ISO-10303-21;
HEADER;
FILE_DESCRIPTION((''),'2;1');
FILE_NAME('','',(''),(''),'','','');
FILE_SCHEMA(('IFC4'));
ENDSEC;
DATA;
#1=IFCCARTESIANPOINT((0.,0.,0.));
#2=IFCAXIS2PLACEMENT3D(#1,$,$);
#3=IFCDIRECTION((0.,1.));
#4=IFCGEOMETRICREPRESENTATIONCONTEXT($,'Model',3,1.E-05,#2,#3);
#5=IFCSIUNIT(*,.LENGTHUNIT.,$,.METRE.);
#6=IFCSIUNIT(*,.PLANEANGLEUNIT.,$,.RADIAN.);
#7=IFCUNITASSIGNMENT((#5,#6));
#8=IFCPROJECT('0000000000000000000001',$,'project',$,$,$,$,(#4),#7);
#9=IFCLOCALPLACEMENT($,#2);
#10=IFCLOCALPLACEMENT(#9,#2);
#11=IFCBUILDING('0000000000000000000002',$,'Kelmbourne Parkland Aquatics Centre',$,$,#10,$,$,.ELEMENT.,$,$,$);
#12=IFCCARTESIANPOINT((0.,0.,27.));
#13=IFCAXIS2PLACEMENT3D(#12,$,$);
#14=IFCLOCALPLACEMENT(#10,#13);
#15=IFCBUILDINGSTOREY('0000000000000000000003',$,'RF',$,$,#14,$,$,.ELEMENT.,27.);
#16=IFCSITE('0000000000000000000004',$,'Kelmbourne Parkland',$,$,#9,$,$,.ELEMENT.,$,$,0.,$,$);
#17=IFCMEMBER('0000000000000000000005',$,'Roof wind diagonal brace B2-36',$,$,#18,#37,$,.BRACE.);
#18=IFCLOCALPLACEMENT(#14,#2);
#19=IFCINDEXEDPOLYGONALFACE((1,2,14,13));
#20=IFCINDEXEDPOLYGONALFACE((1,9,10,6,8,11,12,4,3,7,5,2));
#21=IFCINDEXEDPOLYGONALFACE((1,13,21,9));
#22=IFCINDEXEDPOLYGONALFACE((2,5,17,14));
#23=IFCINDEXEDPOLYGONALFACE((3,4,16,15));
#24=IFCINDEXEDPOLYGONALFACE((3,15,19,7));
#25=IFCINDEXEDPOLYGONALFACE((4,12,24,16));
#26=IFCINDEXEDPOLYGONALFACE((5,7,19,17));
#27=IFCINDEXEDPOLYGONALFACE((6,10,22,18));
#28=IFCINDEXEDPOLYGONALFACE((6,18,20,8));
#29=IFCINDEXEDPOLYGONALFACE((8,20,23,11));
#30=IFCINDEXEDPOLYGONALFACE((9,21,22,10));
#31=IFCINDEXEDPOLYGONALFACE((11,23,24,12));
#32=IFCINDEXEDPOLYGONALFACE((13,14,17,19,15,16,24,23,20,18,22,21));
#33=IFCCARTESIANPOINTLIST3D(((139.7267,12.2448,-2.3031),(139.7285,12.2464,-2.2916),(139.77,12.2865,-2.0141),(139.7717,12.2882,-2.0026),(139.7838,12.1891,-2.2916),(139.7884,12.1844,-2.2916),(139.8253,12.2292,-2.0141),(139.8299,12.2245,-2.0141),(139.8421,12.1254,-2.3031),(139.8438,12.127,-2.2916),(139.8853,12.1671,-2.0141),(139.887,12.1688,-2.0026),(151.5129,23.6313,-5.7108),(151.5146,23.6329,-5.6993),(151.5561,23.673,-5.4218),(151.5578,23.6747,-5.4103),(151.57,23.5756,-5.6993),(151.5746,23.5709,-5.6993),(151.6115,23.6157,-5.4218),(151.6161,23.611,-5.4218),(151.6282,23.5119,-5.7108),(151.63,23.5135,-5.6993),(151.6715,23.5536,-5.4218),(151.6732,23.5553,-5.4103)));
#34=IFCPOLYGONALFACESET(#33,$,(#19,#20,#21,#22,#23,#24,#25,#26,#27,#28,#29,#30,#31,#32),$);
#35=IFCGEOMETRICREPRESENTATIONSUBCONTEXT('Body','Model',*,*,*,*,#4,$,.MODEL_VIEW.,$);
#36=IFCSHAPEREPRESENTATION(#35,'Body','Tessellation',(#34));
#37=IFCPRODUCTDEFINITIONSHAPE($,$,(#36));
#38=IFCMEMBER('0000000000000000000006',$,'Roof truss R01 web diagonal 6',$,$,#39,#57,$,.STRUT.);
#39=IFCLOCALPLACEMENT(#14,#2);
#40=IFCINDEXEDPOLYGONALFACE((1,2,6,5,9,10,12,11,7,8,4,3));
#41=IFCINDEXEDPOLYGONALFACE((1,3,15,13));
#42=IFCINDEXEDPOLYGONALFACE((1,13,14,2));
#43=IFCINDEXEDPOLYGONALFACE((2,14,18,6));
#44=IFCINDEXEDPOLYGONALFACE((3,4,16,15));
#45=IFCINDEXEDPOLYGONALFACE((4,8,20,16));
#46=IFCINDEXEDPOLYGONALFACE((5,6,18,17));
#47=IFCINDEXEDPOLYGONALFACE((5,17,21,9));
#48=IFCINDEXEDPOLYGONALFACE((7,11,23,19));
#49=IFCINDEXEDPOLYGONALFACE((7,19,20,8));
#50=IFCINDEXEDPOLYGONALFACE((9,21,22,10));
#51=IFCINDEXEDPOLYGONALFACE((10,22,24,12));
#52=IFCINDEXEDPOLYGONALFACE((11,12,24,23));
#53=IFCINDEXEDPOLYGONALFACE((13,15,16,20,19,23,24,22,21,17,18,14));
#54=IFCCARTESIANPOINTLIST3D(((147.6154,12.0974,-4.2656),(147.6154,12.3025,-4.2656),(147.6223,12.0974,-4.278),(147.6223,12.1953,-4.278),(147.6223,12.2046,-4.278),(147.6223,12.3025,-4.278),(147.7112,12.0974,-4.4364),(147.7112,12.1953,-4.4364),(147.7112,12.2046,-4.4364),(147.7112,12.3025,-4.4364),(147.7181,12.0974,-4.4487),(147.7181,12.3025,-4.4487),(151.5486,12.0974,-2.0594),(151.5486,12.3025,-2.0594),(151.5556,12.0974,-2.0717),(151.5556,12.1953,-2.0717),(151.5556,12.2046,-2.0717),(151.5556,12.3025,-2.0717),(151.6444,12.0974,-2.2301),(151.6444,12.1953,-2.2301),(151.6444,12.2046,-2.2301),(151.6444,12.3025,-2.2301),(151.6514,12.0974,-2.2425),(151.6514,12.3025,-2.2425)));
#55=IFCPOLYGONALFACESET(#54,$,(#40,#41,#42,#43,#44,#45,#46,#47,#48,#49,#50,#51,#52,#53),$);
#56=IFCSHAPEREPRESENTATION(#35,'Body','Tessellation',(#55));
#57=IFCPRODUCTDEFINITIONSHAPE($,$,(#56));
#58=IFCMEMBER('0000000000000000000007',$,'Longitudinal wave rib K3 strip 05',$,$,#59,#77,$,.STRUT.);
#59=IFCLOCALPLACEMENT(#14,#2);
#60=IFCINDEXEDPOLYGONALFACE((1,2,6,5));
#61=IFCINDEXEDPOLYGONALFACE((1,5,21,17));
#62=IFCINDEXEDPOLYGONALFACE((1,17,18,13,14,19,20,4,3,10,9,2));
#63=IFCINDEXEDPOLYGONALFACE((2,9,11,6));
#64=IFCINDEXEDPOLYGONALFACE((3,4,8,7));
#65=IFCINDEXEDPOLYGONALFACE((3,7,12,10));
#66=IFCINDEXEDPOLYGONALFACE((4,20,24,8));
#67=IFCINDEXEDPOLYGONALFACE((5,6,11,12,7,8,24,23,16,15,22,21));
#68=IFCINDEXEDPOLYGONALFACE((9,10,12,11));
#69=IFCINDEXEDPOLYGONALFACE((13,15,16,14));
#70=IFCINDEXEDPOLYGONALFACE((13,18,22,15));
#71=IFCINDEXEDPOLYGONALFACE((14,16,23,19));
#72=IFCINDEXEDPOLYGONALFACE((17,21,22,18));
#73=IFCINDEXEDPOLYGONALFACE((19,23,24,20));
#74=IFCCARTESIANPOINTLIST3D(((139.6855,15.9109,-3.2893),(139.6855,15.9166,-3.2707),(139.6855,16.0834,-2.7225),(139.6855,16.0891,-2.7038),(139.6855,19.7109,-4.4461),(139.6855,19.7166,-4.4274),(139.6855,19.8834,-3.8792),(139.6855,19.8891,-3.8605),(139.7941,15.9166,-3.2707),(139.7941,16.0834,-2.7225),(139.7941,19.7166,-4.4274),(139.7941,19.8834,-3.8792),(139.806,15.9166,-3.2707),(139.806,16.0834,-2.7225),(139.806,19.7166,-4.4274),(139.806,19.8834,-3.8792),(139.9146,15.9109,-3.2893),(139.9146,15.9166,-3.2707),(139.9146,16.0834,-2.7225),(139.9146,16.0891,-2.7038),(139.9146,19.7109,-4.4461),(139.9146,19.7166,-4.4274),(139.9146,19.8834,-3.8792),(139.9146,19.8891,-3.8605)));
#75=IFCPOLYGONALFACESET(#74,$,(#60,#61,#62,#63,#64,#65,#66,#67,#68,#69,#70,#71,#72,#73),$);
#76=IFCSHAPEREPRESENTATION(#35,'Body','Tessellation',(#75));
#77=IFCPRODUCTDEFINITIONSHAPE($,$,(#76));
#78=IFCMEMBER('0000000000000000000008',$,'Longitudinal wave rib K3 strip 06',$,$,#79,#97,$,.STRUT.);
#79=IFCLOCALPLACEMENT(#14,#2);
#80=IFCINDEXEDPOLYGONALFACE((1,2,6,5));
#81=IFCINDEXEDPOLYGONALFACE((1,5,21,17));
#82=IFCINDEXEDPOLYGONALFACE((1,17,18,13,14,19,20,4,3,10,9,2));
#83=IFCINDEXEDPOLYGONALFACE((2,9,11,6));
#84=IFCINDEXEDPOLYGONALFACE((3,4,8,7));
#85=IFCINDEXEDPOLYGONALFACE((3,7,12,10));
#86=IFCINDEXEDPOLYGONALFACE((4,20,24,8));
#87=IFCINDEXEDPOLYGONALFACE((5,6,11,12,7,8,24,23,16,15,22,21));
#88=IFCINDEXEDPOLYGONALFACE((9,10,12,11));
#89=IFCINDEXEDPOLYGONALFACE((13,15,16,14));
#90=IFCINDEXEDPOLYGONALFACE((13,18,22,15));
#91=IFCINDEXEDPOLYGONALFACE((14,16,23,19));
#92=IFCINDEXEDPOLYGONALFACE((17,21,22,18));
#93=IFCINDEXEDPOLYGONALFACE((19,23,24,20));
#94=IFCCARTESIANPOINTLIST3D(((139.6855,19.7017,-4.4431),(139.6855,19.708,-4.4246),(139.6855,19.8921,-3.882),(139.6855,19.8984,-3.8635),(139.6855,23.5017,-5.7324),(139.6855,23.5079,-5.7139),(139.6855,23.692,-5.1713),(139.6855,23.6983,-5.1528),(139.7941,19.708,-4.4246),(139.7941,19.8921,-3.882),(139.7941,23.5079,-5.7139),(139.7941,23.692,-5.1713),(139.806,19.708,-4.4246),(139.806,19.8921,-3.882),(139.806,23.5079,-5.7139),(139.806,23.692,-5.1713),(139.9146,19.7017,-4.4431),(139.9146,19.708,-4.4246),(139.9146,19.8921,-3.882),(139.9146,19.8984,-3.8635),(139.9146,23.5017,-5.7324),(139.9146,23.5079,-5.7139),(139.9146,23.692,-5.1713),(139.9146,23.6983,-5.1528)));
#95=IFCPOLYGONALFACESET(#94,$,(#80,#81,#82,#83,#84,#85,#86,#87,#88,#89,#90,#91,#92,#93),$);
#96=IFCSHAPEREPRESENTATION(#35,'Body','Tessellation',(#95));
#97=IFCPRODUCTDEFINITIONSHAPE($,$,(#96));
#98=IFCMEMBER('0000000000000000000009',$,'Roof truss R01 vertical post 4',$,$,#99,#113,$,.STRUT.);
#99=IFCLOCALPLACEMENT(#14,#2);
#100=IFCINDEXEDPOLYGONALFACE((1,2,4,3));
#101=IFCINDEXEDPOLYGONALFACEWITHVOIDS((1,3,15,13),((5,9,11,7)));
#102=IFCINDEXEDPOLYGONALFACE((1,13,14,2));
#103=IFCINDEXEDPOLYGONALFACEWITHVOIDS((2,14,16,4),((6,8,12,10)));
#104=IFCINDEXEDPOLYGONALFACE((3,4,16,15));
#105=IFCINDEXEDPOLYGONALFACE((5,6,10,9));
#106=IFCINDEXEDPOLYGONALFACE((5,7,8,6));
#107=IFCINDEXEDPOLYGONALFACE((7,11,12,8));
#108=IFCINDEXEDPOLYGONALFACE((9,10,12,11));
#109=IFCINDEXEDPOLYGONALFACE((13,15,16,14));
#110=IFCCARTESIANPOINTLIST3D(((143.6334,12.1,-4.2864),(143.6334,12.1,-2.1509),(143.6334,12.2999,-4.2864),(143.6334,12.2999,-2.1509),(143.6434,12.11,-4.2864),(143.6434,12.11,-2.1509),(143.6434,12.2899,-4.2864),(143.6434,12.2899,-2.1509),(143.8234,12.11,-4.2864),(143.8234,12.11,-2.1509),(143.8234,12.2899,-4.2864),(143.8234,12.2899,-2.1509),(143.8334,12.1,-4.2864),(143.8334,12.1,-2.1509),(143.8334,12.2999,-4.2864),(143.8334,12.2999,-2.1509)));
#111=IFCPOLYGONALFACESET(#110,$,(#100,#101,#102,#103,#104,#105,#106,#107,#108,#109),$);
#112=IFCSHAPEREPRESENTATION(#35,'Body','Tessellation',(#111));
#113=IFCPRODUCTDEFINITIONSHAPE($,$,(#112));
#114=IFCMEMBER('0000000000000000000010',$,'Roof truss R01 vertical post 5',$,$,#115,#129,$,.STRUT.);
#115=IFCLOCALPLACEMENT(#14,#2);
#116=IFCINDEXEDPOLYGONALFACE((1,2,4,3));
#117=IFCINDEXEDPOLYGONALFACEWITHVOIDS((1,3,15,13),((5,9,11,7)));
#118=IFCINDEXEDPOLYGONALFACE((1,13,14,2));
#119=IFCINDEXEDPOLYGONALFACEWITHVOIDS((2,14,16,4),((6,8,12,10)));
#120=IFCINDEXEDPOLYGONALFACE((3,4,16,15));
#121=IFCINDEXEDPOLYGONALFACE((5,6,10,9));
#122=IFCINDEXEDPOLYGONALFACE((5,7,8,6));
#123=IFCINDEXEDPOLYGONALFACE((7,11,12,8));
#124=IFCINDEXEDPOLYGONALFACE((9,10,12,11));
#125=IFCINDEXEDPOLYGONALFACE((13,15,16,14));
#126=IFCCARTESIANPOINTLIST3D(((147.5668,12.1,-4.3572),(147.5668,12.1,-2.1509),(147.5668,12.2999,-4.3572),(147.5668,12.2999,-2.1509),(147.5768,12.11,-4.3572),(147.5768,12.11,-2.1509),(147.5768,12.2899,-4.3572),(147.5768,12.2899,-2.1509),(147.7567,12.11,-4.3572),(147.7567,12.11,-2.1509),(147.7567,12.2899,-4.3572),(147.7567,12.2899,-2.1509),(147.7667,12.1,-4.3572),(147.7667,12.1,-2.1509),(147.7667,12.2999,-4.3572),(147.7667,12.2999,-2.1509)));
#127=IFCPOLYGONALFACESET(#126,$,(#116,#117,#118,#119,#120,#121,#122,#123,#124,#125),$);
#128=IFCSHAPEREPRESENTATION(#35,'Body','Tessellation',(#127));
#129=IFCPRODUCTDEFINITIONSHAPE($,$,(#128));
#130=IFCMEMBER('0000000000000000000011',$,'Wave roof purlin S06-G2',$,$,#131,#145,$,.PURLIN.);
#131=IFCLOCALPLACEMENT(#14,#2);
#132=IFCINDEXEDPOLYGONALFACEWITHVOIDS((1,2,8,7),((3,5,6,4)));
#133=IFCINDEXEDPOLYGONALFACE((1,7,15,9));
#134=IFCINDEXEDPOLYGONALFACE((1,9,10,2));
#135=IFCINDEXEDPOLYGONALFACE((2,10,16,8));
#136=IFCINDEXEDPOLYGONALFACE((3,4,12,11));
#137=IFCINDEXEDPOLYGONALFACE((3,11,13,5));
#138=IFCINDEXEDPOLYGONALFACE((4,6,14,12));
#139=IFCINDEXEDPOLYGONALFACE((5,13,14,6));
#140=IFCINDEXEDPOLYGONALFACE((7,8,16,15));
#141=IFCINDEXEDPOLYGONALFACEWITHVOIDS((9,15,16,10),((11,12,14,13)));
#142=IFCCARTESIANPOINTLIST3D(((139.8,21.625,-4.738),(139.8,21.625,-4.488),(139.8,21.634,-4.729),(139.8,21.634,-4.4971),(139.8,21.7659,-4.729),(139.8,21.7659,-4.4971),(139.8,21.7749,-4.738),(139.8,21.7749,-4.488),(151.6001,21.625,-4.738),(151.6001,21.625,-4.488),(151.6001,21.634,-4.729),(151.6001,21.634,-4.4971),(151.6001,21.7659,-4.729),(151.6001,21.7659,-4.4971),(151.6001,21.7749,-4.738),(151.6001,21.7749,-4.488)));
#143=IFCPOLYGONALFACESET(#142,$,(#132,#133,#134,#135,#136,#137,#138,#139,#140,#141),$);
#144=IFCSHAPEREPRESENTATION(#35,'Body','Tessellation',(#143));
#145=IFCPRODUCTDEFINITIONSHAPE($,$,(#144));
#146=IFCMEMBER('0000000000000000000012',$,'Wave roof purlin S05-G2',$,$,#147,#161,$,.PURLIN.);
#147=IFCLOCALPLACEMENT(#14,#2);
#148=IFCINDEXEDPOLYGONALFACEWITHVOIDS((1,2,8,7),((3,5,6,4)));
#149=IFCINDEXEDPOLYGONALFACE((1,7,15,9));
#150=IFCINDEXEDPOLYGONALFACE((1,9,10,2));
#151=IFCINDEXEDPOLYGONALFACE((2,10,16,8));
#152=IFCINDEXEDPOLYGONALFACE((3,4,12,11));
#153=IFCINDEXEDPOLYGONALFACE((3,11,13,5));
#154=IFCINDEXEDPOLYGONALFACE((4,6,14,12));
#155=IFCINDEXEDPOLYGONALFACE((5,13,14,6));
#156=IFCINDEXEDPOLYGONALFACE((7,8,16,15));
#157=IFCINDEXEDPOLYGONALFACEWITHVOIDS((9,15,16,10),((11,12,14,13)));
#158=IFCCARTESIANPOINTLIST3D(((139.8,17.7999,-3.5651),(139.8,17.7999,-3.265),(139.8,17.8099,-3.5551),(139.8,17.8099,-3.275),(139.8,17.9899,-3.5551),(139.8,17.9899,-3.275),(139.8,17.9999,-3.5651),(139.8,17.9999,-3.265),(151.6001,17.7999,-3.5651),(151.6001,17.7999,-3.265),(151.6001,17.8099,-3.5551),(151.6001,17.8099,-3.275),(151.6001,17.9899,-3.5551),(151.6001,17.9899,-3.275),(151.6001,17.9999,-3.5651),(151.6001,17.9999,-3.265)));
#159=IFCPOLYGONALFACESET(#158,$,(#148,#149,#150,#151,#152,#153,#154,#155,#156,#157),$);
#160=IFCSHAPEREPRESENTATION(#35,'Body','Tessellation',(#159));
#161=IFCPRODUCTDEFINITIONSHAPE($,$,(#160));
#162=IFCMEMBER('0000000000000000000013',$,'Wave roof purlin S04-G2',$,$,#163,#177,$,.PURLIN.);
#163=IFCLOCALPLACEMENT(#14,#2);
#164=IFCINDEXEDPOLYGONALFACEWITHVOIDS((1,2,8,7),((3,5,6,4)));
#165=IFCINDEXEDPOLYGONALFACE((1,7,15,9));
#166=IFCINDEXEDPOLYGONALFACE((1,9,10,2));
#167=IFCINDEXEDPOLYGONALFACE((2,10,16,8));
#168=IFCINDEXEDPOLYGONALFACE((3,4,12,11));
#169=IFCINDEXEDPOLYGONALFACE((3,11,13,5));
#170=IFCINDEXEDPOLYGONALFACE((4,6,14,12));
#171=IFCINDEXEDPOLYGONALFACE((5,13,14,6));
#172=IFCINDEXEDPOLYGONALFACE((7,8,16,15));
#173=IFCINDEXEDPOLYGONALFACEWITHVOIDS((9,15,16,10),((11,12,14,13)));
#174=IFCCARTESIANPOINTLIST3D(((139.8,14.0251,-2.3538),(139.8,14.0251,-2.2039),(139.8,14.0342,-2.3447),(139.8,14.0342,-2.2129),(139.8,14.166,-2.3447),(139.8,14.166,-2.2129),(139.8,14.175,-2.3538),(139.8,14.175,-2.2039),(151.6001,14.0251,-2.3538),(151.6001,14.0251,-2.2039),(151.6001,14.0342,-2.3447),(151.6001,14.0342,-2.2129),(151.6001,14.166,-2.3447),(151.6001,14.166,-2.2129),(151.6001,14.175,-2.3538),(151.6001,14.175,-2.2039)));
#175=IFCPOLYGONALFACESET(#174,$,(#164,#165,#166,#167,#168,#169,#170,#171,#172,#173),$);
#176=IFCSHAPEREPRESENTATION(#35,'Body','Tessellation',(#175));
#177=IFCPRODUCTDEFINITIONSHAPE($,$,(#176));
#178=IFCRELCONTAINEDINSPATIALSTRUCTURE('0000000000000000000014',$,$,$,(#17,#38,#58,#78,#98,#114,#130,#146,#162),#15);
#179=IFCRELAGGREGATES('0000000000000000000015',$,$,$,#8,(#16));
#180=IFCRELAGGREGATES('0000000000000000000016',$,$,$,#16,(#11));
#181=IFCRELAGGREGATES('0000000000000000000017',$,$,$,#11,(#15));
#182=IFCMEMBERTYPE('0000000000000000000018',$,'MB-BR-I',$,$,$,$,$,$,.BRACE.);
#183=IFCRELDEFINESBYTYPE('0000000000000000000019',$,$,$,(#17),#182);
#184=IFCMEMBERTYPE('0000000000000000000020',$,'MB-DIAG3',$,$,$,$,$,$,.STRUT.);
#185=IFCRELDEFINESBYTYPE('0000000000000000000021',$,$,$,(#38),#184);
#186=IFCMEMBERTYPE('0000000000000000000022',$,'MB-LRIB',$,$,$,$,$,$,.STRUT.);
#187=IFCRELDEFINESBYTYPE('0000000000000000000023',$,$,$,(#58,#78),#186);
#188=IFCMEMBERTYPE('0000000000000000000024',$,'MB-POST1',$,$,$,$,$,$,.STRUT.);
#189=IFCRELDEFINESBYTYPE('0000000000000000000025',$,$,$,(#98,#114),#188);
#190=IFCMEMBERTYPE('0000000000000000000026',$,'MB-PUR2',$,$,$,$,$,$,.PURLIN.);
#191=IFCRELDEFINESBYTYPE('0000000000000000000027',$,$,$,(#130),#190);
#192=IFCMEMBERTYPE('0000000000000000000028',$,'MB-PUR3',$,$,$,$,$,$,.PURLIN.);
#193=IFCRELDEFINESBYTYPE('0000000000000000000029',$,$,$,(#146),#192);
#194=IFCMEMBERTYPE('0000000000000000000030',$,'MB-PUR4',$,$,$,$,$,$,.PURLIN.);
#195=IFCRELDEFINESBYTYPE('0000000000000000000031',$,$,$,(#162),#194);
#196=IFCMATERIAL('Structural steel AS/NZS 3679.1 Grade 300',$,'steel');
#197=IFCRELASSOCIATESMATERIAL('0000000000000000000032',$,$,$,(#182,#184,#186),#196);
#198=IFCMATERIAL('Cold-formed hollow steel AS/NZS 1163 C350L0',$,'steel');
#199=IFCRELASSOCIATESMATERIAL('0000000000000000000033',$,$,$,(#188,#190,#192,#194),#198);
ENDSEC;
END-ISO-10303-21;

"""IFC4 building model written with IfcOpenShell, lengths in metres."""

from ifc_helpers import new_model, si_unit, direction, frame, origin, origin_2d, place, context, subcontext, project, spatial, hollow_rectangle, i_section, extrude, material, material_profile, profile_set, type_object, element, save


model = new_model("IFC4")

# Units and contexts
model_context = context("Model", 3, precision=1e-05, world=origin(), true_north=direction((0.0, 1.0)))
body_context = subcontext(model_context, "Body", "Model", "MODEL_VIEW")
ifc_project = project(units=[si_unit("LENGTHUNIT", "METRE"), si_unit("PLANEANGLEUNIT", "RADIAN")], contexts=[model_context])

# Site, building, storey
site_placement = place(None, origin())
site = spatial("IfcSite", under=ifc_project, at=site_placement, Name="Kelmbourne Parkland", CompositionType="ELEMENT", RefElevation=0.0)
building_placement = place(site_placement, origin())
building = spatial("IfcBuilding", under=site, at=building_placement, Name="Kelmbourne Parkland Aquatics Centre", CompositionType="ELEMENT")
storey_placement = place(building_placement, frame((0.0, 0.0, 27.0)))
storey = spatial("IfcBuildingStorey", under=building, at=storey_placement, Name="RF", CompositionType="ELEMENT", Elevation=27.0)

# Members
ifc_material_1 = material(Name="Structural steel AS/NZS 3679.1 Grade 300", Category="steel")
ifc_material_profile_1 = material_profile(ifc_material_1, i_section(OverallWidth=0.166, OverallDepth=0.3069, WebThickness=0.0066, FlangeThickness=0.0117, at=origin_2d()), Name="310UB46.2")
ifc_profile_set_1 = profile_set([ifc_material_profile_1], Name="Structural steel AS/NZS 3679.1 Grade 300")
member_type_1 = type_object("IfcMemberType", Name="MB-BR-I", PredefinedType="BRACE", material=ifc_profile_set_1)
member_1_placement = place(storey_placement, frame((139.8069, 12.2068, -2.1528), z_axis=(0.704133, 0.680257, -0.203585), x_axis=(-0.694808, 0.719195, 0.0)))
element("IfcMember", 1, at=member_1_placement, inside=storey, type_object=member_type_1, Name="Roof wind diagonal brace B2-36", PredefinedType="BRACE", context=body_context, shape_type="SweptSolid", body=[
    extrude(i_section(OverallWidth=0.166, OverallDepth=0.3069, WebThickness=0.0066, FlangeThickness=0.0117, at=origin_2d()), origin(), (0.0, 0.0, 1.0), 16.7385),
])
ifc_material_profile_2 = material_profile(ifc_material_1, i_section(OverallWidth=0.2051, OverallDepth=0.21, WebThickness=0.0093, FlangeThickness=0.0142, at=origin_2d()), Name="200UC59.5")
ifc_profile_set_2 = profile_set([ifc_material_profile_2], Name="Structural steel AS/NZS 3679.1 Grade 300")
member_type_2 = type_object("IfcMemberType", Name="MB-DIAG3", PredefinedType="STRUT", material=ifc_profile_set_2)
member_2_placement = place(storey_placement, frame((147.6667, 12.2, -4.3572), z_axis=(0.872163, 0.0, 0.489215), x_axis=(0.0, 1.0, 0.0)))
element("IfcMember", 2, at=member_2_placement, inside=storey, type_object=member_type_2, Name="Roof truss R01 web diagonal 6", PredefinedType="STRUT", context=body_context, shape_type="SweptSolid", body=[
    extrude(i_section(OverallWidth=0.2051, OverallDepth=0.21, WebThickness=0.0093, FlangeThickness=0.0142, at=origin_2d()), origin(), (0.0, 0.0, 1.0), 4.5098),
])
ifc_material_profile_3 = material_profile(ifc_material_1, i_section(OverallWidth=0.229, OverallDepth=0.6121, WebThickness=0.012, FlangeThickness=0.0195, at=origin_2d()), Name="610UB125")
ifc_profile_set_3 = profile_set([ifc_material_profile_3], Name="Structural steel AS/NZS 3679.1 Grade 300")
member_type_3 = type_object("IfcMemberType", Name="MB-LRIB", PredefinedType="STRUT", material=ifc_profile_set_3)
member_3_placement = place(storey_placement, frame((139.8, 16.0, -2.9966), z_axis=(0.0, 0.95666, -0.291208), x_axis=(-1.0, 0.0, 0.0)))
element("IfcMember", 3, at=member_3_placement, inside=storey, type_object=member_type_3, Name="Longitudinal wave rib K3 strip 05", PredefinedType="STRUT", context=body_context, shape_type="SweptSolid", body=[
    extrude(i_section(OverallWidth=0.229, OverallDepth=0.6121, WebThickness=0.012, FlangeThickness=0.0195, at=origin_2d()), origin(), (0.0, 0.0, 1.0), 3.9722),
])
member_4_placement = place(storey_placement, frame((139.8, 19.8, -4.1533), z_axis=(0.0, 0.946978, -0.321297), x_axis=(-1.0, 0.0, 0.0)))
element("IfcMember", 4, at=member_4_placement, inside=storey, type_object=member_type_3, Name="Longitudinal wave rib K3 strip 06", PredefinedType="STRUT", context=body_context, shape_type="SweptSolid", body=[
    extrude(i_section(OverallWidth=0.229, OverallDepth=0.6121, WebThickness=0.012, FlangeThickness=0.0195, at=origin_2d()), origin(), (0.0, 0.0, 1.0), 4.0127),
])
ifc_material_2 = material(Name="Cold-formed hollow steel AS/NZS 1163 C350L0", Category="steel")
ifc_material_profile_4 = material_profile(ifc_material_2, hollow_rectangle(XDim=0.2, YDim=0.2, WallThickness=0.01, at=origin_2d()), Name="SHS 200x200x10.0")
ifc_profile_set_4 = profile_set([ifc_material_profile_4], Name="Cold-formed hollow steel AS/NZS 1163 C350L0")
member_type_4 = type_object("IfcMemberType", Name="MB-POST1", PredefinedType="STRUT", material=ifc_profile_set_4)
member_5_placement = place(storey_placement, frame((143.7334, 12.2, -4.2864), z_axis=(0.0, 0.0, 1.0), x_axis=(1.0, 0.0, 0.0)))
element("IfcMember", 5, at=member_5_placement, inside=storey, type_object=member_type_4, Name="Roof truss R01 vertical post 4", PredefinedType="STRUT", context=body_context, shape_type="SweptSolid", body=[
    extrude(hollow_rectangle(XDim=0.2, YDim=0.2, WallThickness=0.01, at=origin_2d()), origin(), (0.0, 0.0, 1.0), 2.1355),
])
member_6_placement = place(storey_placement, frame((147.6667, 12.2, -4.3572), z_axis=(0.0, 0.0, 1.0), x_axis=(1.0, 0.0, 0.0)))
element("IfcMember", 6, at=member_6_placement, inside=storey, type_object=member_type_4, Name="Roof truss R01 vertical post 5", PredefinedType="STRUT", context=body_context, shape_type="SweptSolid", body=[
    extrude(hollow_rectangle(XDim=0.2, YDim=0.2, WallThickness=0.01, at=origin_2d()), origin(), (0.0, 0.0, 1.0), 2.2063),
])
ifc_material_profile_5 = material_profile(ifc_material_2, hollow_rectangle(XDim=0.1499, YDim=0.25, WallThickness=0.009, at=origin_2d()), Name="RHS 250x150x9.0")
ifc_profile_set_5 = profile_set([ifc_material_profile_5], Name="Cold-formed hollow steel AS/NZS 1163 C350L0")
member_type_5 = type_object("IfcMemberType", Name="MB-PUR2", PredefinedType="PURLIN", material=ifc_profile_set_5)
member_7_placement = place(storey_placement, frame((139.8, 21.7, -4.613), z_axis=(1.0, 0.0, 0.0), x_axis=(0.0, 1.0, 0.0)))
element("IfcMember", 7, at=member_7_placement, inside=storey, type_object=member_type_5, Name="Wave roof purlin S06-G2", PredefinedType="PURLIN", context=body_context, shape_type="SweptSolid", body=[
    extrude(hollow_rectangle(XDim=0.1499, YDim=0.25, WallThickness=0.009, at=origin_2d()), origin(), (0.0, 0.0, 1.0), 11.8),
])
ifc_material_profile_6 = material_profile(ifc_material_2, hollow_rectangle(XDim=0.2, YDim=0.3, WallThickness=0.01, at=origin_2d()), Name="RHS 300x200x10.0")
ifc_profile_set_6 = profile_set([ifc_material_profile_6], Name="Cold-formed hollow steel AS/NZS 1163 C350L0")
member_type_6 = type_object("IfcMemberType", Name="MB-PUR3", PredefinedType="PURLIN", material=ifc_profile_set_6)
member_8_placement = place(storey_placement, frame((139.8, 17.8999, -3.415), z_axis=(1.0, 0.0, 0.0), x_axis=(0.0, 1.0, 0.0)))
element("IfcMember", 8, at=member_8_placement, inside=storey, type_object=member_type_6, Name="Wave roof purlin S05-G2", PredefinedType="PURLIN", context=body_context, shape_type="SweptSolid", body=[
    extrude(hollow_rectangle(XDim=0.2, YDim=0.3, WallThickness=0.01, at=origin_2d()), origin(), (0.0, 0.0, 1.0), 11.8),
])
ifc_material_profile_7 = material_profile(ifc_material_2, hollow_rectangle(XDim=0.1499, YDim=0.1499, WallThickness=0.009, at=origin_2d()), Name="SHS 150x150x9.0")
ifc_profile_set_7 = profile_set([ifc_material_profile_7], Name="Cold-formed hollow steel AS/NZS 1163 C350L0")
member_type_7 = type_object("IfcMemberType", Name="MB-PUR4", PredefinedType="PURLIN", material=ifc_profile_set_7)
member_9_placement = place(storey_placement, frame((139.8, 14.1001, -2.2788), z_axis=(1.0, 0.0, 0.0), x_axis=(0.0, 1.0, 0.0)))
element("IfcMember", 9, at=member_9_placement, inside=storey, type_object=member_type_7, Name="Wave roof purlin S04-G2", PredefinedType="PURLIN", context=body_context, shape_type="SweptSolid", body=[
    extrude(hollow_rectangle(XDim=0.1499, YDim=0.1499, WallThickness=0.009, at=origin_2d()), origin(), (0.0, 0.0, 1.0), 11.8),
])

save(model, "model.ifc")
